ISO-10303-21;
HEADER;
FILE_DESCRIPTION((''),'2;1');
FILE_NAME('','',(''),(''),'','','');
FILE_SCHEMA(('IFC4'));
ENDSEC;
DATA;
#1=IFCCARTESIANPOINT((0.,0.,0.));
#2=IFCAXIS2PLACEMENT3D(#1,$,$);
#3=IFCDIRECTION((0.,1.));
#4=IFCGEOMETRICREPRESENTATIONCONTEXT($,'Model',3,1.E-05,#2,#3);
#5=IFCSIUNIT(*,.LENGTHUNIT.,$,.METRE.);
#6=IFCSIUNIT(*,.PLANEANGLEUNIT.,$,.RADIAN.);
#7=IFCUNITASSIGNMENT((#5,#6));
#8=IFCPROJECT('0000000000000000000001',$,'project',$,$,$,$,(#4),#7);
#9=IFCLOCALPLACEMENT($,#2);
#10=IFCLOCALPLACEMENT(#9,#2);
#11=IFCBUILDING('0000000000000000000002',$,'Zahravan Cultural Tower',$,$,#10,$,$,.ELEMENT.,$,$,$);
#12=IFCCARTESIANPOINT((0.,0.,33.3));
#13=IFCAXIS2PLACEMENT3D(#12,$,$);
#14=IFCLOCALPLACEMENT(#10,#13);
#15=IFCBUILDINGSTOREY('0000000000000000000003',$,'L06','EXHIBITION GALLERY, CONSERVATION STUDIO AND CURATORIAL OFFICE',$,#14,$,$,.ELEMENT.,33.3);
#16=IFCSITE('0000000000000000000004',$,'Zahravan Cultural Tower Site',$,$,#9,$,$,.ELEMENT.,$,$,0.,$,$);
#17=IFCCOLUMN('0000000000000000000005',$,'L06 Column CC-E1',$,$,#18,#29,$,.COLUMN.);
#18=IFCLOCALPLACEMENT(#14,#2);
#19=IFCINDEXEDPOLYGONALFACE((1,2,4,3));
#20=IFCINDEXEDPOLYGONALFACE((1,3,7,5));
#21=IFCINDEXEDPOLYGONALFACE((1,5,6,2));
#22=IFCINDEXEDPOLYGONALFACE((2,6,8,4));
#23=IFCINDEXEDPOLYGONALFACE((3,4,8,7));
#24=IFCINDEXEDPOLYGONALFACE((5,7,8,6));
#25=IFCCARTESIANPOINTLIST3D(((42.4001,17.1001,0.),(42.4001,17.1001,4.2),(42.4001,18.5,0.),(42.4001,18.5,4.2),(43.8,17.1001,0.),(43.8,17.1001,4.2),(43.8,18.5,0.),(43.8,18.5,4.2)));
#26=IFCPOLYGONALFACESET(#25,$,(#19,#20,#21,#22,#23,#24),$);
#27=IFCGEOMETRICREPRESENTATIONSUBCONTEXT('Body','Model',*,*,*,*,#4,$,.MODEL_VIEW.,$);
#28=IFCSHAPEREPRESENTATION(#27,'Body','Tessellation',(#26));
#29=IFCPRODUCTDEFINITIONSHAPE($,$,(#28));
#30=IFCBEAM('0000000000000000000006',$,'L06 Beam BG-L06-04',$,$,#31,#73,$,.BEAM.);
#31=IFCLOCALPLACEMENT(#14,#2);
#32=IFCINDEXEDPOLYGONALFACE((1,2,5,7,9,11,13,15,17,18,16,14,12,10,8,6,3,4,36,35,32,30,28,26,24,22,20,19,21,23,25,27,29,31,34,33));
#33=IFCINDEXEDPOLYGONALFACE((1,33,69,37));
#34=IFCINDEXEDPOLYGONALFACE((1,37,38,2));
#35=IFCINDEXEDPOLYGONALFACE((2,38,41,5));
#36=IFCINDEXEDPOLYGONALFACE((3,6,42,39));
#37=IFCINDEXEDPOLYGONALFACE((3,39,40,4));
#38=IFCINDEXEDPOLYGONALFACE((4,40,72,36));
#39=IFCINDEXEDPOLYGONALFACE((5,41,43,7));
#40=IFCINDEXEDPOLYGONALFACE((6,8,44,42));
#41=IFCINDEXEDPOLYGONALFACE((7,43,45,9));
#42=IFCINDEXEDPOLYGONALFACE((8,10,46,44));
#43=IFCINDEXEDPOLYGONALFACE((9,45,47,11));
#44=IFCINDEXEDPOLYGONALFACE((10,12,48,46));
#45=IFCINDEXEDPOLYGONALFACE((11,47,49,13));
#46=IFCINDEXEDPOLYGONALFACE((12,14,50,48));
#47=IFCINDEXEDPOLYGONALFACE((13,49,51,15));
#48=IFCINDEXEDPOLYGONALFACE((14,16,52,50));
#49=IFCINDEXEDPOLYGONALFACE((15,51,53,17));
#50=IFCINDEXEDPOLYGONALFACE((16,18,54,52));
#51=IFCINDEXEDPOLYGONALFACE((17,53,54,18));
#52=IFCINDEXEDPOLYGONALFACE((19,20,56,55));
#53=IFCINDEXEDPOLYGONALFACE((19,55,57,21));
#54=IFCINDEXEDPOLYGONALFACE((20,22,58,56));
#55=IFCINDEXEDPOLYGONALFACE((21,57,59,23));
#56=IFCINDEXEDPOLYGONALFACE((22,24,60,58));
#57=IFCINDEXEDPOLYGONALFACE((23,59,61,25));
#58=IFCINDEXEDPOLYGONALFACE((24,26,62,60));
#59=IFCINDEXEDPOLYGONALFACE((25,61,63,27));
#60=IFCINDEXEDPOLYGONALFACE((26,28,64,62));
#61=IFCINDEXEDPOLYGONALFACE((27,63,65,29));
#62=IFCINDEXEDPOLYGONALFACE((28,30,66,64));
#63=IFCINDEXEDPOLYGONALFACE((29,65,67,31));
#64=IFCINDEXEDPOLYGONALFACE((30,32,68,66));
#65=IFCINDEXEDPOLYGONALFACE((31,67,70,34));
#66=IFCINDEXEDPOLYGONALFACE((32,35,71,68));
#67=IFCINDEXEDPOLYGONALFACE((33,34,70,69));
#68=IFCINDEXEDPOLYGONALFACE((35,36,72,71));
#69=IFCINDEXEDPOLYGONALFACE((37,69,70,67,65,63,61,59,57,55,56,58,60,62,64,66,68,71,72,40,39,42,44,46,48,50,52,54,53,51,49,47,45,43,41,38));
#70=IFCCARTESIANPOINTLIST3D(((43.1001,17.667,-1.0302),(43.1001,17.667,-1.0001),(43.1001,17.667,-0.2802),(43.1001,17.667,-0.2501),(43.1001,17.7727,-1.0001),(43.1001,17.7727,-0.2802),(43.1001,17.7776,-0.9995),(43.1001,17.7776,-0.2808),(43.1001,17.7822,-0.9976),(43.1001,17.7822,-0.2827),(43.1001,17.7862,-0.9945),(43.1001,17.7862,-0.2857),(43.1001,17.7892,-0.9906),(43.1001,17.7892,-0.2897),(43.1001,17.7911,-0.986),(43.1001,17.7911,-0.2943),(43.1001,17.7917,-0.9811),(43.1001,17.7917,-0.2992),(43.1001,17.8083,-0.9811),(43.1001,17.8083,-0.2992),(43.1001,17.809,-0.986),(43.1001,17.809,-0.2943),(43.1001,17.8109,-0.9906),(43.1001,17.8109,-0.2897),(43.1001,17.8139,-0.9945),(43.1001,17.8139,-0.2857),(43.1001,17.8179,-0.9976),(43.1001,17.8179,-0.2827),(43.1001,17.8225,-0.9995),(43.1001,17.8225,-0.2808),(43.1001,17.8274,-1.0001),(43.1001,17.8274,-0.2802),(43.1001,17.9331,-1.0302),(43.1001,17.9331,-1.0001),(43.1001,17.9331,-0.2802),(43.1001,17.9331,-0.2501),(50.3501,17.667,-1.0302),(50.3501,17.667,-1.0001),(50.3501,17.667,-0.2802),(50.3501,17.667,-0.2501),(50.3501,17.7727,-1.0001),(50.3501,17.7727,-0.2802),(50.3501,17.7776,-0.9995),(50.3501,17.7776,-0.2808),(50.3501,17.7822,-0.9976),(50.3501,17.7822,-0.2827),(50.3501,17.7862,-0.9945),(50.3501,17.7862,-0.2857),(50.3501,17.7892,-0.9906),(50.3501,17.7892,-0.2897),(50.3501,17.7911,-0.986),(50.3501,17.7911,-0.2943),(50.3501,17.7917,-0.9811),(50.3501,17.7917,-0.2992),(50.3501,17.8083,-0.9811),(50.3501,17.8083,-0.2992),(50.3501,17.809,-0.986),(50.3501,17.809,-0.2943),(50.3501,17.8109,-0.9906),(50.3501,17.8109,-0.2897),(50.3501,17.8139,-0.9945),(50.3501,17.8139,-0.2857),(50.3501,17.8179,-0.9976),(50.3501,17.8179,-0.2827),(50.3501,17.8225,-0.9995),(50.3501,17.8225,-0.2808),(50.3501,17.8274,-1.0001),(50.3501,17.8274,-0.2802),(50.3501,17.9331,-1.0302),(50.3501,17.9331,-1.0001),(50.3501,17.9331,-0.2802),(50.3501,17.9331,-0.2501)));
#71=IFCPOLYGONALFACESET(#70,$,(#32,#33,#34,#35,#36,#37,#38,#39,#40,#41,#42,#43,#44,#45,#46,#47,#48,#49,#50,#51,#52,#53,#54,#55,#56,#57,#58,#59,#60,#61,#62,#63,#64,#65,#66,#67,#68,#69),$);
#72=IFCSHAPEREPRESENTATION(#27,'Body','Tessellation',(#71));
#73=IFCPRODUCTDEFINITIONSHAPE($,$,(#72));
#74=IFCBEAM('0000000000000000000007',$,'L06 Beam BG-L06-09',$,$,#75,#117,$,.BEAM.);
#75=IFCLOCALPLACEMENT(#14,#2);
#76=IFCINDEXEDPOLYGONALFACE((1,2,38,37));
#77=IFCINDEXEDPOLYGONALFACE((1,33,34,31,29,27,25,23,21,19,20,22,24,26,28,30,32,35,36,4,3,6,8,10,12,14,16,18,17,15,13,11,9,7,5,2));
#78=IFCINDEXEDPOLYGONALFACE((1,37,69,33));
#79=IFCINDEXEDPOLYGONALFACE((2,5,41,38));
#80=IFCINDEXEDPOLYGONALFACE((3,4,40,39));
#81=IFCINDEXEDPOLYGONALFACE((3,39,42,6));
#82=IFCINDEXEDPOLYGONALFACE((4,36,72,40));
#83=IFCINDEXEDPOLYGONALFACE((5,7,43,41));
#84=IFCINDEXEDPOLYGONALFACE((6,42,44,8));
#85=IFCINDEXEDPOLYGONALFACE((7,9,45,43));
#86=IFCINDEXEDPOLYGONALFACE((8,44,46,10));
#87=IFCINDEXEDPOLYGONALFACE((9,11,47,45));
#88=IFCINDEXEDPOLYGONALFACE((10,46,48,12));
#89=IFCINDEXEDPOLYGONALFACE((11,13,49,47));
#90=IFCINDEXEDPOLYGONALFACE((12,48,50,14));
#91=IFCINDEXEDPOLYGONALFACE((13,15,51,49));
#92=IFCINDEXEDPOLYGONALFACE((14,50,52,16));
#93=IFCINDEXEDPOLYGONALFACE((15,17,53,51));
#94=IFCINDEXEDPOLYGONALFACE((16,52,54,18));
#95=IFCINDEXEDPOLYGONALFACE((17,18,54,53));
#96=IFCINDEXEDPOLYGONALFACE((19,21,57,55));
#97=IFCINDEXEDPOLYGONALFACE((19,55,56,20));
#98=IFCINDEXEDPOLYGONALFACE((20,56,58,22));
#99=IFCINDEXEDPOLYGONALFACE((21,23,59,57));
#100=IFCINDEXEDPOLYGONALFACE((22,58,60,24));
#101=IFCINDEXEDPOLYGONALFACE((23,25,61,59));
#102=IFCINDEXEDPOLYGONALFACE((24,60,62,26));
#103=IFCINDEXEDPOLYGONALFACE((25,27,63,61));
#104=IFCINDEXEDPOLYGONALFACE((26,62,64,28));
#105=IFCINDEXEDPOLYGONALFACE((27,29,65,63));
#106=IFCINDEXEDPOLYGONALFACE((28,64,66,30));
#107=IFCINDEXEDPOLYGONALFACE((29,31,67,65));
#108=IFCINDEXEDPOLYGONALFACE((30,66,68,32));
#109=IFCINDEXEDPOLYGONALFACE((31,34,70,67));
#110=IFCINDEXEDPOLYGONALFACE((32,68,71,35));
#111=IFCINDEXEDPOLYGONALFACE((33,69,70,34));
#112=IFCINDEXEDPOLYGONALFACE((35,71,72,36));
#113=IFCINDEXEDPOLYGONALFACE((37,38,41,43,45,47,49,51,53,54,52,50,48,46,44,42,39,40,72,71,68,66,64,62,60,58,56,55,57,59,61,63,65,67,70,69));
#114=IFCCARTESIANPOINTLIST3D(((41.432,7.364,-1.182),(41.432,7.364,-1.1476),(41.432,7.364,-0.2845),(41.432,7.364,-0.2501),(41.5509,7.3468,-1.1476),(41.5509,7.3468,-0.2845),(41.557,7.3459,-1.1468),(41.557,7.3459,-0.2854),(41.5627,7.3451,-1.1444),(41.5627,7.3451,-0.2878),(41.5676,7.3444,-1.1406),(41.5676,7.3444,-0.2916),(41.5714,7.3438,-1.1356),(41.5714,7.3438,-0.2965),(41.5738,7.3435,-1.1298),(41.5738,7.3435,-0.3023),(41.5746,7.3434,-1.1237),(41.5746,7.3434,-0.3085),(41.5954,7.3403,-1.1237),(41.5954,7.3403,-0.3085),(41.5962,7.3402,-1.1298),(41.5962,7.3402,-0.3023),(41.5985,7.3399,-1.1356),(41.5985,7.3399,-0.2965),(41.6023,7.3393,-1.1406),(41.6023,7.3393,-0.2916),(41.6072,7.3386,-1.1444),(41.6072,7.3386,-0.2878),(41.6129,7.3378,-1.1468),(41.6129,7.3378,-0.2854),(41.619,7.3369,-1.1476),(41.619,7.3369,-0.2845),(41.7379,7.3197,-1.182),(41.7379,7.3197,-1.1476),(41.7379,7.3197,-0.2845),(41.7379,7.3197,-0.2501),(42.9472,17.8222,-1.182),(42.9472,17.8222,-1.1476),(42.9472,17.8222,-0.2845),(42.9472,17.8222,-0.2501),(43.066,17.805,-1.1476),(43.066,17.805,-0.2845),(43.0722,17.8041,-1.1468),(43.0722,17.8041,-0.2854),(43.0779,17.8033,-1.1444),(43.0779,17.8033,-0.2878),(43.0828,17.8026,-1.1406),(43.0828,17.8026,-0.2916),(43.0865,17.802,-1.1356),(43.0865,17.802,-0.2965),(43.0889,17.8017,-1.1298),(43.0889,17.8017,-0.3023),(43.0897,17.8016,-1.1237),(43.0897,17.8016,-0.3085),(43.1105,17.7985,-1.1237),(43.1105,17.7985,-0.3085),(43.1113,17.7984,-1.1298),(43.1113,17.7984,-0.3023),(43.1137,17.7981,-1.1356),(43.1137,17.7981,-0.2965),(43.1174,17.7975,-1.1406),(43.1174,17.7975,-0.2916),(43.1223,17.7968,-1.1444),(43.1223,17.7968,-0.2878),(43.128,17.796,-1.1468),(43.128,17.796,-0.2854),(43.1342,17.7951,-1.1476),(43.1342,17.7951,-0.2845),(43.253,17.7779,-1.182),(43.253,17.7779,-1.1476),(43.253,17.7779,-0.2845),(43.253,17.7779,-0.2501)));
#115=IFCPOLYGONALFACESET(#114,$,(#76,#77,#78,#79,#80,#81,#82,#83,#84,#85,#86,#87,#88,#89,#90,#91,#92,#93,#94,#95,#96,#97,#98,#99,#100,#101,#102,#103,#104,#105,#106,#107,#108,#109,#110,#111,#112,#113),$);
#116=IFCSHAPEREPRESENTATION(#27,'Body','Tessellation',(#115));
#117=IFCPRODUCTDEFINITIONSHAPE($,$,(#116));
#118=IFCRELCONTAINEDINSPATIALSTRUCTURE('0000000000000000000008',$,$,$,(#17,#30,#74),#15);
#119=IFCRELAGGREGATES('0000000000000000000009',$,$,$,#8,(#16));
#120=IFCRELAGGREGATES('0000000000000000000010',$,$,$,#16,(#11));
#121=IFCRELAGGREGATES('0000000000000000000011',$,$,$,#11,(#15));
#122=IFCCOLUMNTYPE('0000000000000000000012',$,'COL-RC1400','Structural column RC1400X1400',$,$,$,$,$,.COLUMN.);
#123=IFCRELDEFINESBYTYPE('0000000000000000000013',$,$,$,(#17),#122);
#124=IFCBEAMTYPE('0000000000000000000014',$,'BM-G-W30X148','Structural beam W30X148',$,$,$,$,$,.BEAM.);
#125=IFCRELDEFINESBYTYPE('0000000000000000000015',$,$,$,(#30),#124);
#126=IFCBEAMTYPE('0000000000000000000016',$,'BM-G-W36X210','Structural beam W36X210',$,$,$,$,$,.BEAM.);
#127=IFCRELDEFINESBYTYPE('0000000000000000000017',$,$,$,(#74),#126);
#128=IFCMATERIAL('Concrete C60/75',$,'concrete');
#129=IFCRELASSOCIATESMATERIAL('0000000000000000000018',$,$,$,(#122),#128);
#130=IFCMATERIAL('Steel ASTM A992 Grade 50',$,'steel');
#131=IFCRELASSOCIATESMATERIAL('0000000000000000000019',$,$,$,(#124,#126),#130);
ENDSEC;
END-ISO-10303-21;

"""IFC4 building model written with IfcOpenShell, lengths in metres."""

from ifc_helpers import new_model, si_unit, direction, frame, origin, origin_2d, place, context, subcontext, project, spatial, rectangle, i_section, extrude, source, transform, mapped, material, material_profile, profile_set, type_object, element, save


model = new_model("IFC4")

# Units and contexts
model_context = context("Model", 3, precision=1e-05, world=origin(), true_north=direction((0.0, 1.0)))
body_context = subcontext(model_context, "Body", "Model", "MODEL_VIEW")
ifc_project = project(units=[si_unit("LENGTHUNIT", "METRE"), si_unit("PLANEANGLEUNIT", "RADIAN")], contexts=[model_context])

# Site, building, storey
site_placement = place(None, origin())
site = spatial("IfcSite", under=ifc_project, at=site_placement, Name="Zahravan Cultural Tower Site", CompositionType="ELEMENT", RefElevation=0.0)
building_placement = place(site_placement, origin())
building = spatial("IfcBuilding", under=site, at=building_placement, Name="Zahravan Cultural Tower", CompositionType="ELEMENT")
storey_placement = place(building_placement, frame((0.0, 0.0, 33.3)))
storey = spatial("IfcBuildingStorey", under=building, at=storey_placement, Name="L06", Description="EXHIBITION GALLERY, CONSERVATION STUDIO AND CURATORIAL OFFICE", CompositionType="ELEMENT", Elevation=33.3)

# Column
ifc_material_1 = material(Name="Concrete C60/75", Category="concrete")
ifc_material_profile_1 = material_profile(ifc_material_1, rectangle(XDim=1.3999, YDim=1.3999, at=origin_2d()), Name="RC1400X1400")
ifc_profile_set_1 = profile_set([ifc_material_profile_1], Name="Concrete C60/75")
column_type = type_object("IfcColumnType", Name="COL-RC1400", Description="Structural column RC1400X1400", PredefinedType="COLUMN", material=ifc_profile_set_1)
shared_shape_1 = source(origin(), body_context, "Body", "SweptSolid", [
    extrude(rectangle(XDim=1.3999, YDim=1.3999, at=origin_2d()), origin(), (0.0, 0.0, 1.0), 4.2),
])
column_placement = place(storey_placement, frame((43.1001, 17.8, 0.0), z_axis=(0.0, 0.0, 1.0), x_axis=(1.0, 0.0, 0.0)))
element("IfcColumn", 1, at=column_placement, inside=storey, type_object=column_type, Name="L06 Column CC-E1", PredefinedType="COLUMN", context=body_context, shape_type="MappedRepresentation", body=[
    mapped(shared_shape_1, transform((0.0, 0.0, 0.0), x_axis=(1.0, 0.0, 0.0), y_axis=(0.0, 1.0, 0.0), z_axis=(0.0, 0.0, 1.0), scale=1.0)),
])

# Beams
ifc_material_2 = material(Name="Steel ASTM A992 Grade 50", Category="steel")
ifc_material_profile_2 = material_profile(ifc_material_2, i_section(OverallWidth=0.2661, OverallDepth=0.78, WebThickness=0.0166, FlangeThickness=0.03, FilletRadius=0.019, at=origin_2d()), Name="W30X148")
ifc_profile_set_2 = profile_set([ifc_material_profile_2], Name="Steel ASTM A992 Grade 50")
beam_type_1 = type_object("IfcBeamType", Name="BM-G-W30X148", Description="Structural beam W30X148", PredefinedType="BEAM", material=ifc_profile_set_2)
shared_shape_2 = source(origin(), body_context, "Body", "SweptSolid", [
    extrude(i_section(OverallWidth=0.2661, OverallDepth=0.78, WebThickness=0.0166, FlangeThickness=0.03, FilletRadius=0.019, at=origin_2d()), origin(), (0.0, 0.0, 1.0), 7.25),
])
beam_1_placement = place(storey_placement, frame((43.1001, 17.8, -0.6401), z_axis=(1.0, 0.0, 0.0), x_axis=(0.0, 1.0, 0.0)))
element("IfcBeam", 2, at=beam_1_placement, inside=storey, type_object=beam_type_1, Name="L06 Beam BG-L06-04", PredefinedType="BEAM", context=body_context, shape_type="MappedRepresentation", body=[
    mapped(shared_shape_2, transform((0.0, 0.0, 0.0), x_axis=(1.0, 0.0, 0.0), y_axis=(0.0, 1.0, 0.0), z_axis=(0.0, 0.0, 1.0), scale=1.0)),
])
ifc_material_profile_3 = material_profile(ifc_material_2, i_section(OverallWidth=0.3091, OverallDepth=0.9319, WebThickness=0.021, FlangeThickness=0.0344, FilletRadius=0.0239, at=origin_2d()), Name="W36X210")
ifc_profile_set_3 = profile_set([ifc_material_profile_3], Name="Steel ASTM A992 Grade 50")
beam_type_2 = type_object("IfcBeamType", Name="BM-G-W36X210", Description="Structural beam W36X210", PredefinedType="BEAM", material=ifc_profile_set_3)
shared_shape_3 = source(origin(), body_context, "Body", "SweptSolid", [
    extrude(i_section(OverallWidth=0.3091, OverallDepth=0.9319, WebThickness=0.021, FlangeThickness=0.0344, FilletRadius=0.0239, at=origin_2d()), origin(), (0.0, 0.0, 1.0), 10.5674),
])
beam_2_placement = place(storey_placement, frame((43.1001, 17.8, -0.7161), z_axis=(-0.143378, -0.989668, 0.0), x_axis=(0.989668, -0.143378, 0.0)))
element("IfcBeam", 3, at=beam_2_placement, inside=storey, type_object=beam_type_2, Name="L06 Beam BG-L06-09", PredefinedType="BEAM", context=body_context, shape_type="MappedRepresentation", body=[
    mapped(shared_shape_3, transform((0.0, 0.0, 0.0), x_axis=(1.0, 0.0, 0.0), y_axis=(0.0, 1.0, 0.0), z_axis=(0.0, 0.0, 1.0), scale=1.0)),
])

save(model, "model.ifc")
